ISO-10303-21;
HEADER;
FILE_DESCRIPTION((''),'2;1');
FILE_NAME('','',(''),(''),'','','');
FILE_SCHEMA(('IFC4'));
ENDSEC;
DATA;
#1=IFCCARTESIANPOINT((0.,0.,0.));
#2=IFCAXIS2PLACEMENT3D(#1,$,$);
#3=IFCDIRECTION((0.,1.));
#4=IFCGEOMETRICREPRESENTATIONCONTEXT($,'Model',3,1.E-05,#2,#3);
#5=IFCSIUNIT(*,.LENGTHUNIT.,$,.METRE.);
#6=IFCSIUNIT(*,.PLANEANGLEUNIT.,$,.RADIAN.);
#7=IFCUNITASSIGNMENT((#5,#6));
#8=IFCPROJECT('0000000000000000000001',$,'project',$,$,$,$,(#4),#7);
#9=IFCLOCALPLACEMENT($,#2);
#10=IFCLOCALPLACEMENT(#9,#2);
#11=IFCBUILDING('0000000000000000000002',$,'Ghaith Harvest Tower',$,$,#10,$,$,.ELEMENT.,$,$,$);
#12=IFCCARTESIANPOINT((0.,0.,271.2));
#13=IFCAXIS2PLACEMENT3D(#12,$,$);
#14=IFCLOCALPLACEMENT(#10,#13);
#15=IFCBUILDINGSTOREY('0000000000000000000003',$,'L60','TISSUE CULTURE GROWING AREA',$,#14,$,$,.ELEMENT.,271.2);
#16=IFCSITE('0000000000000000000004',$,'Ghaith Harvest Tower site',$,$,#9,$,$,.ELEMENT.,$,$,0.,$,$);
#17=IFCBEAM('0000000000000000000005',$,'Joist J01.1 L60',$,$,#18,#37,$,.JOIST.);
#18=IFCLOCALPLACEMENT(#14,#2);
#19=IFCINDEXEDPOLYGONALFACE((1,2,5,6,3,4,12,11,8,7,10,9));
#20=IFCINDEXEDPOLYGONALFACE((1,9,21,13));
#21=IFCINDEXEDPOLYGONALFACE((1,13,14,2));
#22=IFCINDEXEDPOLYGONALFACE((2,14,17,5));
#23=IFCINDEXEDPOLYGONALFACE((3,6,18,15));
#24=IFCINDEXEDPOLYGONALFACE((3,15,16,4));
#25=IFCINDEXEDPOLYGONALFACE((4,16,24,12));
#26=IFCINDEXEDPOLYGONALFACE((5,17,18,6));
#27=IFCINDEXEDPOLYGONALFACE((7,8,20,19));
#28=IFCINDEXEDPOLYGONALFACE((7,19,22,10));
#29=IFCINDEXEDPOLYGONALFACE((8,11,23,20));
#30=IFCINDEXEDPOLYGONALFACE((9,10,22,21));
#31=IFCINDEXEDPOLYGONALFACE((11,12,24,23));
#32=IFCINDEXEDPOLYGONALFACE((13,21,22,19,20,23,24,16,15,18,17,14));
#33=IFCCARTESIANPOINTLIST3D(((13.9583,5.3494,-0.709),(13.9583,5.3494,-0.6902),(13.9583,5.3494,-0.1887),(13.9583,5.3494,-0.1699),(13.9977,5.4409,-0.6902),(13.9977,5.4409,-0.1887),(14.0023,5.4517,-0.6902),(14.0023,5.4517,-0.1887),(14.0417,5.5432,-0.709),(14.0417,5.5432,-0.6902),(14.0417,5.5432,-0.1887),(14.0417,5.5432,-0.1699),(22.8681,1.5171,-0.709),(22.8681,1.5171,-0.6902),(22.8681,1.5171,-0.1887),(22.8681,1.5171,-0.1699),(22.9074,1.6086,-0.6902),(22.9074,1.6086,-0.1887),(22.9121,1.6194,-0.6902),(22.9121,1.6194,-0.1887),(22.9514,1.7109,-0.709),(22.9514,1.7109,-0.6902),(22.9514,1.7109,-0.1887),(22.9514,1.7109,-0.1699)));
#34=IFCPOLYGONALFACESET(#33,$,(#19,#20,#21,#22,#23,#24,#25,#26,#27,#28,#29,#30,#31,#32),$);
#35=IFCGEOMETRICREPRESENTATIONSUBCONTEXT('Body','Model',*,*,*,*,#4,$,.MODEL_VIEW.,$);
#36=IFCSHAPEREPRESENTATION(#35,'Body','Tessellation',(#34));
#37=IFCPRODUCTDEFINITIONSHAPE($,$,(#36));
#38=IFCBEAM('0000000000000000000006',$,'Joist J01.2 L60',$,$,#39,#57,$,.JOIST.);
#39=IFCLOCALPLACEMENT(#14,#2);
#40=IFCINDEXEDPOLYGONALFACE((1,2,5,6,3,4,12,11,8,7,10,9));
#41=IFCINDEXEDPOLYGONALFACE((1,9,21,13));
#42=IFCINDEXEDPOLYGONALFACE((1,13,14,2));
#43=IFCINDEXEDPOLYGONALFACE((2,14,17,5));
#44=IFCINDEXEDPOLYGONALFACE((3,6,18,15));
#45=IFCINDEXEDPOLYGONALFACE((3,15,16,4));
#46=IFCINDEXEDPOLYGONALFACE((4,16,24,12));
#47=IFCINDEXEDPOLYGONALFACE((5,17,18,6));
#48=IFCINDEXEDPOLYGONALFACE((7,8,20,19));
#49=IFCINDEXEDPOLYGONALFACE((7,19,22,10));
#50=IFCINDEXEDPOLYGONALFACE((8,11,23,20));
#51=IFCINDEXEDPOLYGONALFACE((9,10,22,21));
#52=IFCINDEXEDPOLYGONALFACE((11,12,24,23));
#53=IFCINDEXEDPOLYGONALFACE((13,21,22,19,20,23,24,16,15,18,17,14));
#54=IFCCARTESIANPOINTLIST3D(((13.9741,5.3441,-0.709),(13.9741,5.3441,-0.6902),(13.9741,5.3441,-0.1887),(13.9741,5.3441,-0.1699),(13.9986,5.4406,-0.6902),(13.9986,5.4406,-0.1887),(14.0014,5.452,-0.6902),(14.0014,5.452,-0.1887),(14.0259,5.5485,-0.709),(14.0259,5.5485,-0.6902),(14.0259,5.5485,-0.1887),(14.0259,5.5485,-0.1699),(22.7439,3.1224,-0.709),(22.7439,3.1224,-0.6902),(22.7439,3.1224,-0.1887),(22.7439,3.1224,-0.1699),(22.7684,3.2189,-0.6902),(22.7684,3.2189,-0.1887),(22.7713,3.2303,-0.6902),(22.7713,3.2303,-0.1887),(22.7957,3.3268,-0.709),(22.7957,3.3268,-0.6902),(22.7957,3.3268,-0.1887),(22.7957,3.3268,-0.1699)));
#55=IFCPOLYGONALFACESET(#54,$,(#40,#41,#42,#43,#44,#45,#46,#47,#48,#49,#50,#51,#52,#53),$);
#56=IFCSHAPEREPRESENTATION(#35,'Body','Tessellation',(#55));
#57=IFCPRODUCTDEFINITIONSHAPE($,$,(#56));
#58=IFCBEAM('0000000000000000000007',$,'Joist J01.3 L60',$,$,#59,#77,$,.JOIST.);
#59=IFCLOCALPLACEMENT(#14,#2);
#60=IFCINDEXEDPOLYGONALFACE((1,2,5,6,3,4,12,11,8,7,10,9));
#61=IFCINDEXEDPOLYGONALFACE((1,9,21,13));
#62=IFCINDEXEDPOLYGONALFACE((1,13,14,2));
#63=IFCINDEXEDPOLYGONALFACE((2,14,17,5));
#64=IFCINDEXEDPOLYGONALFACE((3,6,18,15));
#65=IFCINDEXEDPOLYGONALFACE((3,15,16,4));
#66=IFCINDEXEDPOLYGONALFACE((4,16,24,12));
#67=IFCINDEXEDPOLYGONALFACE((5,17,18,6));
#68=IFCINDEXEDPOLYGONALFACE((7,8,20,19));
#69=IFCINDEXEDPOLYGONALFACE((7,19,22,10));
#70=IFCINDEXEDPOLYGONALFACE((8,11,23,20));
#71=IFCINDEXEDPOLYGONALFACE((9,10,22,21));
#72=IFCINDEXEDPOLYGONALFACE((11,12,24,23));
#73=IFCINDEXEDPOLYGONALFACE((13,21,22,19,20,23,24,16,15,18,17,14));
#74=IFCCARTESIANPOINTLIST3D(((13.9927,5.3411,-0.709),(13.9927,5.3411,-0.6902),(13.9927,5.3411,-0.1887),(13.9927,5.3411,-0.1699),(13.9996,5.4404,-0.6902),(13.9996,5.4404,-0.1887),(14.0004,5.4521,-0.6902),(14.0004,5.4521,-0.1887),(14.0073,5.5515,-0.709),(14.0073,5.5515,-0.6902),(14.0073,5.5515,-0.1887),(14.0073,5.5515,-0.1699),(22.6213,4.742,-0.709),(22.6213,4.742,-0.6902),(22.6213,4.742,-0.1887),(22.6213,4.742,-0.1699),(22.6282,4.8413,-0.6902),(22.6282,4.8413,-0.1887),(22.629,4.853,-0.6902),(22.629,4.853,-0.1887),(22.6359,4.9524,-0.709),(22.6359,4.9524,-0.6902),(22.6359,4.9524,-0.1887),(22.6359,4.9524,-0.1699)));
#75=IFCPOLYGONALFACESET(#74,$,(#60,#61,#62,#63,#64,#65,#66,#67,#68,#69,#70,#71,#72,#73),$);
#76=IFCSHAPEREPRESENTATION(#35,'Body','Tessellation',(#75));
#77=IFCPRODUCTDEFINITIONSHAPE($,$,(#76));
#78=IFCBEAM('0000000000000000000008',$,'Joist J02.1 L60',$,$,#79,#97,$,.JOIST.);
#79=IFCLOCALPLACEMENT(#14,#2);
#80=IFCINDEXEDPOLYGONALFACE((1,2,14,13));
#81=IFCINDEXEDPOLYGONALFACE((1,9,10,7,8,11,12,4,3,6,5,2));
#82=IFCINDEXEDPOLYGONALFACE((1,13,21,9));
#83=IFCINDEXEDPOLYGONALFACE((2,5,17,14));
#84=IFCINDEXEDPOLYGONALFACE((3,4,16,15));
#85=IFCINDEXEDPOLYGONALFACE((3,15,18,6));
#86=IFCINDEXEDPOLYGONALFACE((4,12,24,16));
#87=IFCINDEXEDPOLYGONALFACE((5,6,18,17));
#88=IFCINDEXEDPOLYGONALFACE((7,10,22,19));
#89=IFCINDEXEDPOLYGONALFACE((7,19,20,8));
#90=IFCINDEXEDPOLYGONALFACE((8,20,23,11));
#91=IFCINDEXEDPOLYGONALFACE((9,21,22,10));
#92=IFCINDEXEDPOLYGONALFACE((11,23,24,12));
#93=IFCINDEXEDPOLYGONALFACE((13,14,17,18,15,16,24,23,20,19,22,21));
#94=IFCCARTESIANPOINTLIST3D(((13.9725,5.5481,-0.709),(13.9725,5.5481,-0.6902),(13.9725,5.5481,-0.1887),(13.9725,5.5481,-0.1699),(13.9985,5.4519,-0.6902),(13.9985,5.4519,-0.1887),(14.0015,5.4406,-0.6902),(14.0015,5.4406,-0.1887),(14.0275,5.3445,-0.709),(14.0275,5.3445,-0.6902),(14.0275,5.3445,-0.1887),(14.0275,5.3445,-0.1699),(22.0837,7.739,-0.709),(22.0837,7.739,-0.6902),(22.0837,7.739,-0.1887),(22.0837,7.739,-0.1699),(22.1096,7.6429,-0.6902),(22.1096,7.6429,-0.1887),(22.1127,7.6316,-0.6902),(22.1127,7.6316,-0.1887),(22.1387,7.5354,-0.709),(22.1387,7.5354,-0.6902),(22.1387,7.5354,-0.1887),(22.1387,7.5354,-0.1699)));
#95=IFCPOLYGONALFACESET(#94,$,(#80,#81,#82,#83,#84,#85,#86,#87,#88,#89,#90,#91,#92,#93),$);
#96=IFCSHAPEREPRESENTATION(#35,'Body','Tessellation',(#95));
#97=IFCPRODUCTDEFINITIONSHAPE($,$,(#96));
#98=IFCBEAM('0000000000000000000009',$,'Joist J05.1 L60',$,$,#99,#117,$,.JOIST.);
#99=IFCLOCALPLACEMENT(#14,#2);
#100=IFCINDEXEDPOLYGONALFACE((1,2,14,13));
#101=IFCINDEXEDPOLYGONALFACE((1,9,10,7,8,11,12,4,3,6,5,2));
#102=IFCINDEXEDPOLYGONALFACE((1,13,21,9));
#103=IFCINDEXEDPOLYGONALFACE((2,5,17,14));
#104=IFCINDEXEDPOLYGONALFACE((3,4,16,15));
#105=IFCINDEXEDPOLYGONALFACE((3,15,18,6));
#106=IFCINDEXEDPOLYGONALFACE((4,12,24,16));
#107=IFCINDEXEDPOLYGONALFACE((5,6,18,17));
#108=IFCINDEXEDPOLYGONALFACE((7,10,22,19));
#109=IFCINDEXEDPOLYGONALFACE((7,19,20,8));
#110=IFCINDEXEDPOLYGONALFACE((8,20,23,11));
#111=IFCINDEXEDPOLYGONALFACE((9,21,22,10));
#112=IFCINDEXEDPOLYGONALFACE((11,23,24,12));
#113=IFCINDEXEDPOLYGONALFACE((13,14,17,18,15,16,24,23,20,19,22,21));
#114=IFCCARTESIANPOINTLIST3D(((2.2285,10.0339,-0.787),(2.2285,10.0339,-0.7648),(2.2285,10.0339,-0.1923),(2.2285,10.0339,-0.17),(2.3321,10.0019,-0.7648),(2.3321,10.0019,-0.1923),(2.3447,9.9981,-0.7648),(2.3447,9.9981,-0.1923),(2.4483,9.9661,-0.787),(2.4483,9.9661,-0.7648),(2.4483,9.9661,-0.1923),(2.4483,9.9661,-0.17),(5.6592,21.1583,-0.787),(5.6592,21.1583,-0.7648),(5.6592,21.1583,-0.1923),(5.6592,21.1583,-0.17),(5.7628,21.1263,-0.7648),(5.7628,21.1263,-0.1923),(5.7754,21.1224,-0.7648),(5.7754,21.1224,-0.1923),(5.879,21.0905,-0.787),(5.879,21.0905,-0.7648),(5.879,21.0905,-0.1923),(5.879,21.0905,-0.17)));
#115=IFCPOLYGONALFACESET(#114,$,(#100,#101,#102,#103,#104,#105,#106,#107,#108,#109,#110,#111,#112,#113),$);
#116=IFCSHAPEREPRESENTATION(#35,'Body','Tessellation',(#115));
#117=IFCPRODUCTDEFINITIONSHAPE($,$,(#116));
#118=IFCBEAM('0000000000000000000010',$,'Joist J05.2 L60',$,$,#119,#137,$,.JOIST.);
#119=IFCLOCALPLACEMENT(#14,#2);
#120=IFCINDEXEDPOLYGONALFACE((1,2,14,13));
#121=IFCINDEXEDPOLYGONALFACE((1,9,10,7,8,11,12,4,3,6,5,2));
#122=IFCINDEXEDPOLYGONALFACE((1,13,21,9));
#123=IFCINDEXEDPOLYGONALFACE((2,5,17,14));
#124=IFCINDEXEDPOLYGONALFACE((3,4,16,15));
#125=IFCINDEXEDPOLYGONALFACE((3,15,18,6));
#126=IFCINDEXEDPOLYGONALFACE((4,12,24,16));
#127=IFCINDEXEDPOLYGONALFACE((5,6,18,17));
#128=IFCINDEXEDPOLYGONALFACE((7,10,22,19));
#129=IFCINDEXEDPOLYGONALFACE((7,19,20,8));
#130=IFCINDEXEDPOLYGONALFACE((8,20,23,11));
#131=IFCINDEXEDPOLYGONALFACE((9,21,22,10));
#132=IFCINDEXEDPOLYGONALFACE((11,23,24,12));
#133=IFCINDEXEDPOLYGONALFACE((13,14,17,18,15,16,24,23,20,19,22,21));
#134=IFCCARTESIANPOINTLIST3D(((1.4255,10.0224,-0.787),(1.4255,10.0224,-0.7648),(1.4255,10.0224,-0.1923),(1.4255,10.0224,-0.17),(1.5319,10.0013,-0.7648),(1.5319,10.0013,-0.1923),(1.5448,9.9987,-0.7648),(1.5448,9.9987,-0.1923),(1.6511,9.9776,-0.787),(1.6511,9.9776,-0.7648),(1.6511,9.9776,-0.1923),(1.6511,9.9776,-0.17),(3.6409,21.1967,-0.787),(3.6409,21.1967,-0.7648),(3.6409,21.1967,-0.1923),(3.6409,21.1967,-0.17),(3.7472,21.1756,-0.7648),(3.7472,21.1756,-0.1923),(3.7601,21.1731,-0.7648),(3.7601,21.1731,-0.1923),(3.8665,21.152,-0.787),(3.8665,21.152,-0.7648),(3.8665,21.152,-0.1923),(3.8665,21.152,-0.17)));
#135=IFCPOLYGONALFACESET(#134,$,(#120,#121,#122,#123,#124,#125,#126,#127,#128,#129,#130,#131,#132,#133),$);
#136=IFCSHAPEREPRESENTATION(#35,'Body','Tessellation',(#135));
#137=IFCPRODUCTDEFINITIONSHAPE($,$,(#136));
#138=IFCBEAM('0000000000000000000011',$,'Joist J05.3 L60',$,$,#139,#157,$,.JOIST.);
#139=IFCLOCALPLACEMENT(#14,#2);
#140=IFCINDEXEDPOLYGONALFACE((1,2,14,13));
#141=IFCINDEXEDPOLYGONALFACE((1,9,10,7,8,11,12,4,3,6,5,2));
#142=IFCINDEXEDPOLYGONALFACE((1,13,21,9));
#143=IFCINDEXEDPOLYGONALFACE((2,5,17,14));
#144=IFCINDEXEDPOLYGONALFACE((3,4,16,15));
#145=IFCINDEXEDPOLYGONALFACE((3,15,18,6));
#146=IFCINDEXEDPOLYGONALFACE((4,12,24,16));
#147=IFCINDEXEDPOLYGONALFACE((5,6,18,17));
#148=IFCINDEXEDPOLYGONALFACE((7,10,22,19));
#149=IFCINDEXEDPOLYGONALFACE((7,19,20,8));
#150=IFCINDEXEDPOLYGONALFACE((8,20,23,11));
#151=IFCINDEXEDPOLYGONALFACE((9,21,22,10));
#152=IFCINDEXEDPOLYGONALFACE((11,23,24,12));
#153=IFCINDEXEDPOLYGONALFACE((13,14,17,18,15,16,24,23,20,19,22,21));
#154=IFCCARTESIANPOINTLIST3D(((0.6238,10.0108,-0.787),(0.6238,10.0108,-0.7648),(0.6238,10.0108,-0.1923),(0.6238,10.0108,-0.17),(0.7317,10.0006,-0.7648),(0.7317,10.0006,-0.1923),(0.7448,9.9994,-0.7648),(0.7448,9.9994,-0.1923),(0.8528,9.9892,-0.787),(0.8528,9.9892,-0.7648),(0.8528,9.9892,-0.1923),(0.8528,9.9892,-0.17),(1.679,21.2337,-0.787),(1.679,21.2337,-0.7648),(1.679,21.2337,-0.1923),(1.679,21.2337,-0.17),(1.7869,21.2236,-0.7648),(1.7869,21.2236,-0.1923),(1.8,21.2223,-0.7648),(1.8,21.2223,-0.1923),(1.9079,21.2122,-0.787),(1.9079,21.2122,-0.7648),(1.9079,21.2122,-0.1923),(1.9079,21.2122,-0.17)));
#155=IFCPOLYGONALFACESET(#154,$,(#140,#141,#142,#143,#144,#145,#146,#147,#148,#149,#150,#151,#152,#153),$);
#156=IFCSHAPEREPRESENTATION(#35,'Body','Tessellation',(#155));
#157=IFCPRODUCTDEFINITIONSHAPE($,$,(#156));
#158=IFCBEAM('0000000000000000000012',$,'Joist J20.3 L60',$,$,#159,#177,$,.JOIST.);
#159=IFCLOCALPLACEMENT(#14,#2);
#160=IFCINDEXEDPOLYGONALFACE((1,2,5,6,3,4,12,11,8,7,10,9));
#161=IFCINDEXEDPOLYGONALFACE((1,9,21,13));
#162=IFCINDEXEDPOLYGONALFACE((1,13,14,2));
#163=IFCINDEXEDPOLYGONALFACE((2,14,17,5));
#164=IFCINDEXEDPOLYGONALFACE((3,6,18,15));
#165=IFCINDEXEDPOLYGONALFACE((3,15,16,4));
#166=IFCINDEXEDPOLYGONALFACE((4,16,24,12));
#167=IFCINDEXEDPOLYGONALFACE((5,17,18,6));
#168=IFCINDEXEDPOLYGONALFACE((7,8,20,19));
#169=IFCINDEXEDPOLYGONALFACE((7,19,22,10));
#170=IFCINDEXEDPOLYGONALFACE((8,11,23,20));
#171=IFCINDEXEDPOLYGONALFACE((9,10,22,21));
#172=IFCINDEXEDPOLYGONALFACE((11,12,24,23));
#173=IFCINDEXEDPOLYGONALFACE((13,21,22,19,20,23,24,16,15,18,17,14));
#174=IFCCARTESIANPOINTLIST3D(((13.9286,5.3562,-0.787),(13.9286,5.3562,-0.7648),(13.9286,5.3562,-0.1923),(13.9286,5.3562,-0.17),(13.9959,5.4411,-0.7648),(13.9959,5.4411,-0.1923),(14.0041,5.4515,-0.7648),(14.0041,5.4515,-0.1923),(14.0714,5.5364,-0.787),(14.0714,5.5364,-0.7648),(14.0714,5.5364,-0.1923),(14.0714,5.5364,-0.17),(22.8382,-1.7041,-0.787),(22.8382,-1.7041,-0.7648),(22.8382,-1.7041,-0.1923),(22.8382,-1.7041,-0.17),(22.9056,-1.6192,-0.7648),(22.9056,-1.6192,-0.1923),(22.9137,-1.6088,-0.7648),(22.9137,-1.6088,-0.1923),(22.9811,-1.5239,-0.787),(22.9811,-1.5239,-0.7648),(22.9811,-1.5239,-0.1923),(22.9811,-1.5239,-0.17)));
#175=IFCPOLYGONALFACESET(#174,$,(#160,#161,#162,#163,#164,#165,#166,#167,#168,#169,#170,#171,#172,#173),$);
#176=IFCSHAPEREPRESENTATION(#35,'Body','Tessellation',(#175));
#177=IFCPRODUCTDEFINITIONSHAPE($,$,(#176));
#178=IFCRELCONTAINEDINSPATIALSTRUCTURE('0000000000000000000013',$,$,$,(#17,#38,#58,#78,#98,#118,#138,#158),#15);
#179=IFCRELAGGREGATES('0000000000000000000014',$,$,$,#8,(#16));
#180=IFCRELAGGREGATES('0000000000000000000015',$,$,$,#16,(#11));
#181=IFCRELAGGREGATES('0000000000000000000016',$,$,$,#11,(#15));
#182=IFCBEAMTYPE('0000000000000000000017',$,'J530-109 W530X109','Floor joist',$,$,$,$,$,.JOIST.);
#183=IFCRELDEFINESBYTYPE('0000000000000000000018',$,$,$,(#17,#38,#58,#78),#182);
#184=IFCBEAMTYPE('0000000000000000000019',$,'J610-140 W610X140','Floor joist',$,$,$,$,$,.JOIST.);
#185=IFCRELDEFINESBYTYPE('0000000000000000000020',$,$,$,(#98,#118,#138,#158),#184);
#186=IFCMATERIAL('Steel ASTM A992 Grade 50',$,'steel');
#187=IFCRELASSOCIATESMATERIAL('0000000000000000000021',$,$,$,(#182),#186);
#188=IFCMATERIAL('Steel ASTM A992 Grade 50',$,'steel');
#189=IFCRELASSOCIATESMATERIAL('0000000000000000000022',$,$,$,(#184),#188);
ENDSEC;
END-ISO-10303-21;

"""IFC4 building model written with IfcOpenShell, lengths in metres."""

from ifc_helpers import new_model, si_unit, direction, frame, origin, origin_2d, place, context, subcontext, project, spatial, i_section, extrude, material, material_profile, profile_set, type_object, element, save


model = new_model("IFC4")

# Units and contexts
model_context = context("Model", 3, precision=1e-05, world=origin(), true_north=direction((0.0, 1.0)))
body_context = subcontext(model_context, "Body", "Model", "MODEL_VIEW")
ifc_project = project(units=[si_unit("LENGTHUNIT", "METRE"), si_unit("PLANEANGLEUNIT", "RADIAN")], contexts=[model_context])

# Site, building, storey
site_placement = place(None, origin())
site = spatial("IfcSite", under=ifc_project, at=site_placement, Name="Ghaith Harvest Tower site", CompositionType="ELEMENT", RefElevation=0.0)
building_placement = place(site_placement, origin())
building = spatial("IfcBuilding", under=site, at=building_placement, Name="Ghaith Harvest Tower", CompositionType="ELEMENT")
storey_placement = place(building_placement, frame((0.0, 0.0, 271.2)))
storey = spatial("IfcBuildingStorey", under=building, at=storey_placement, Name="L60", Description="TISSUE CULTURE GROWING AREA", CompositionType="ELEMENT", Elevation=271.2)

# Beams
ifc_material_1 = material(Name="Steel ASTM A992 Grade 50", Category="steel")
ifc_material_profile_1 = material_profile(ifc_material_1, i_section(OverallWidth=0.2109, OverallDepth=0.5391, WebThickness=0.0117, FlangeThickness=0.0188, at=origin_2d()), Name="W530X109")
ifc_profile_set_1 = profile_set([ifc_material_profile_1], Name="Steel ASTM A992 Grade 50")
beam_type_1 = type_object("IfcBeamType", Name="J530-109 W530X109", Description="Floor joist", PredefinedType="JOIST", material=ifc_profile_set_1)
beam_1_placement = place(storey_placement, frame((14.0, 5.4463, -0.4395), z_axis=(0.918627, -0.395125, 0.0), x_axis=(0.395125, 0.918627, 0.0)))
element("IfcBeam", 1, at=beam_1_placement, inside=storey, type_object=beam_type_1, Name="Joist J01.1 L60", PredefinedType="JOIST", context=body_context, shape_type="SweptSolid", body=[
    extrude(i_section(OverallWidth=0.2109, OverallDepth=0.5391, WebThickness=0.0117, FlangeThickness=0.0188, at=origin_2d()), origin(), (0.0, 0.0, 1.0), 9.699),
])
beam_2_placement = place(storey_placement, frame((14.0, 5.4463, -0.4395), z_axis=(0.969377, -0.245576, 0.0), x_axis=(0.245576, 0.969377, 0.0)))
element("IfcBeam", 2, at=beam_2_placement, inside=storey, type_object=beam_type_1, Name="Joist J01.2 L60", PredefinedType="JOIST", context=body_context, shape_type="SweptSolid", body=[
    extrude(i_section(OverallWidth=0.2109, OverallDepth=0.5391, WebThickness=0.0117, FlangeThickness=0.0188, at=origin_2d()), origin(), (0.0, 0.0, 1.0), 9.0469),
])
beam_3_placement = place(storey_placement, frame((14.0, 5.4463, -0.4395), z_axis=(0.997598, -0.069267, 0.0), x_axis=(0.069267, 0.997598, 0.0)))
element("IfcBeam", 3, at=beam_3_placement, inside=storey, type_object=beam_type_1, Name="Joist J01.3 L60", PredefinedType="JOIST", context=body_context, shape_type="SweptSolid", body=[
    extrude(i_section(OverallWidth=0.2109, OverallDepth=0.5391, WebThickness=0.0117, FlangeThickness=0.0188, at=origin_2d()), origin(), (0.0, 0.0, 1.0), 8.6494),
])
beam_4_placement = place(storey_placement, frame((14.0, 5.4463, -0.4395), z_axis=(0.965401, 0.260768, 0.0), x_axis=(-0.260768, 0.965401, 0.0)))
element("IfcBeam", 4, at=beam_4_placement, inside=storey, type_object=beam_type_1, Name="Joist J02.1 L60", PredefinedType="JOIST", context=body_context, shape_type="SweptSolid", body=[
    extrude(i_section(OverallWidth=0.2109, OverallDepth=0.5391, WebThickness=0.0117, FlangeThickness=0.0188, at=origin_2d()), origin(), (0.0, 0.0, 1.0), 8.4019),
])
ifc_material_2 = material(Name="Steel ASTM A992 Grade 50", Category="steel")
ifc_material_profile_2 = material_profile(ifc_material_2, i_section(OverallWidth=0.23, OverallDepth=0.6169, WebThickness=0.0132, FlangeThickness=0.0222, at=origin_2d()), Name="W610X140")
ifc_profile_set_2 = profile_set([ifc_material_profile_2], Name="Steel ASTM A992 Grade 50")
beam_type_2 = type_object("IfcBeamType", Name="J610-140 W610X140", Description="Floor joist", PredefinedType="JOIST", material=ifc_profile_set_2)
beam_5_placement = place(storey_placement, frame((2.3384, 10.0, -0.4785), z_axis=(0.294699, 0.95559, 0.0), x_axis=(-0.95559, 0.294699, 0.0)))
element("IfcBeam", 5, at=beam_5_placement, inside=storey, type_object=beam_type_2, Name="Joist J05.1 L60", PredefinedType="JOIST", context=body_context, shape_type="SweptSolid", body=[
    extrude(i_section(OverallWidth=0.23, OverallDepth=0.6169, WebThickness=0.0132, FlangeThickness=0.0222, at=origin_2d()), origin(), (0.0, 0.0, 1.0), 11.6414),
])
beam_6_placement = place(storey_placement, frame((1.5383, 10.0, -0.4785), z_axis=(0.194467, 0.980909, 0.0), x_axis=(-0.980909, 0.194467, 0.0)))
element("IfcBeam", 6, at=beam_6_placement, inside=storey, type_object=beam_type_2, Name="Joist J05.2 L60", PredefinedType="JOIST", context=body_context, shape_type="SweptSolid", body=[
    extrude(i_section(OverallWidth=0.23, OverallDepth=0.6169, WebThickness=0.0132, FlangeThickness=0.0222, at=origin_2d()), origin(), (0.0, 0.0, 1.0), 11.3918),
])
beam_7_placement = place(storey_placement, frame((0.7383, 10.0, -0.4785), z_axis=(0.093607, 0.995609, 0.0), x_axis=(-0.995609, 0.093607, 0.0)))
element("IfcBeam", 7, at=beam_7_placement, inside=storey, type_object=beam_type_2, Name="Joist J05.3 L60", PredefinedType="JOIST", context=body_context, shape_type="SweptSolid", body=[
    extrude(i_section(OverallWidth=0.23, OverallDepth=0.6169, WebThickness=0.0132, FlangeThickness=0.0222, at=origin_2d()), origin(), (0.0, 0.0, 1.0), 11.2725),
])
beam_8_placement = place(storey_placement, frame((14.0, 5.4463, -0.4785), z_axis=(0.783754, -0.621071, 0.0), x_axis=(0.621071, 0.783754, 0.0)))
element("IfcBeam", 8, at=beam_8_placement, inside=storey, type_object=beam_type_2, Name="Joist J20.3 L60", PredefinedType="JOIST", context=body_context, shape_type="SweptSolid", body=[
    extrude(i_section(OverallWidth=0.23, OverallDepth=0.6169, WebThickness=0.0132, FlangeThickness=0.0222, at=origin_2d()), origin(), (0.0, 0.0, 1.0), 11.3679),
])

save(model, "model.ifc")
